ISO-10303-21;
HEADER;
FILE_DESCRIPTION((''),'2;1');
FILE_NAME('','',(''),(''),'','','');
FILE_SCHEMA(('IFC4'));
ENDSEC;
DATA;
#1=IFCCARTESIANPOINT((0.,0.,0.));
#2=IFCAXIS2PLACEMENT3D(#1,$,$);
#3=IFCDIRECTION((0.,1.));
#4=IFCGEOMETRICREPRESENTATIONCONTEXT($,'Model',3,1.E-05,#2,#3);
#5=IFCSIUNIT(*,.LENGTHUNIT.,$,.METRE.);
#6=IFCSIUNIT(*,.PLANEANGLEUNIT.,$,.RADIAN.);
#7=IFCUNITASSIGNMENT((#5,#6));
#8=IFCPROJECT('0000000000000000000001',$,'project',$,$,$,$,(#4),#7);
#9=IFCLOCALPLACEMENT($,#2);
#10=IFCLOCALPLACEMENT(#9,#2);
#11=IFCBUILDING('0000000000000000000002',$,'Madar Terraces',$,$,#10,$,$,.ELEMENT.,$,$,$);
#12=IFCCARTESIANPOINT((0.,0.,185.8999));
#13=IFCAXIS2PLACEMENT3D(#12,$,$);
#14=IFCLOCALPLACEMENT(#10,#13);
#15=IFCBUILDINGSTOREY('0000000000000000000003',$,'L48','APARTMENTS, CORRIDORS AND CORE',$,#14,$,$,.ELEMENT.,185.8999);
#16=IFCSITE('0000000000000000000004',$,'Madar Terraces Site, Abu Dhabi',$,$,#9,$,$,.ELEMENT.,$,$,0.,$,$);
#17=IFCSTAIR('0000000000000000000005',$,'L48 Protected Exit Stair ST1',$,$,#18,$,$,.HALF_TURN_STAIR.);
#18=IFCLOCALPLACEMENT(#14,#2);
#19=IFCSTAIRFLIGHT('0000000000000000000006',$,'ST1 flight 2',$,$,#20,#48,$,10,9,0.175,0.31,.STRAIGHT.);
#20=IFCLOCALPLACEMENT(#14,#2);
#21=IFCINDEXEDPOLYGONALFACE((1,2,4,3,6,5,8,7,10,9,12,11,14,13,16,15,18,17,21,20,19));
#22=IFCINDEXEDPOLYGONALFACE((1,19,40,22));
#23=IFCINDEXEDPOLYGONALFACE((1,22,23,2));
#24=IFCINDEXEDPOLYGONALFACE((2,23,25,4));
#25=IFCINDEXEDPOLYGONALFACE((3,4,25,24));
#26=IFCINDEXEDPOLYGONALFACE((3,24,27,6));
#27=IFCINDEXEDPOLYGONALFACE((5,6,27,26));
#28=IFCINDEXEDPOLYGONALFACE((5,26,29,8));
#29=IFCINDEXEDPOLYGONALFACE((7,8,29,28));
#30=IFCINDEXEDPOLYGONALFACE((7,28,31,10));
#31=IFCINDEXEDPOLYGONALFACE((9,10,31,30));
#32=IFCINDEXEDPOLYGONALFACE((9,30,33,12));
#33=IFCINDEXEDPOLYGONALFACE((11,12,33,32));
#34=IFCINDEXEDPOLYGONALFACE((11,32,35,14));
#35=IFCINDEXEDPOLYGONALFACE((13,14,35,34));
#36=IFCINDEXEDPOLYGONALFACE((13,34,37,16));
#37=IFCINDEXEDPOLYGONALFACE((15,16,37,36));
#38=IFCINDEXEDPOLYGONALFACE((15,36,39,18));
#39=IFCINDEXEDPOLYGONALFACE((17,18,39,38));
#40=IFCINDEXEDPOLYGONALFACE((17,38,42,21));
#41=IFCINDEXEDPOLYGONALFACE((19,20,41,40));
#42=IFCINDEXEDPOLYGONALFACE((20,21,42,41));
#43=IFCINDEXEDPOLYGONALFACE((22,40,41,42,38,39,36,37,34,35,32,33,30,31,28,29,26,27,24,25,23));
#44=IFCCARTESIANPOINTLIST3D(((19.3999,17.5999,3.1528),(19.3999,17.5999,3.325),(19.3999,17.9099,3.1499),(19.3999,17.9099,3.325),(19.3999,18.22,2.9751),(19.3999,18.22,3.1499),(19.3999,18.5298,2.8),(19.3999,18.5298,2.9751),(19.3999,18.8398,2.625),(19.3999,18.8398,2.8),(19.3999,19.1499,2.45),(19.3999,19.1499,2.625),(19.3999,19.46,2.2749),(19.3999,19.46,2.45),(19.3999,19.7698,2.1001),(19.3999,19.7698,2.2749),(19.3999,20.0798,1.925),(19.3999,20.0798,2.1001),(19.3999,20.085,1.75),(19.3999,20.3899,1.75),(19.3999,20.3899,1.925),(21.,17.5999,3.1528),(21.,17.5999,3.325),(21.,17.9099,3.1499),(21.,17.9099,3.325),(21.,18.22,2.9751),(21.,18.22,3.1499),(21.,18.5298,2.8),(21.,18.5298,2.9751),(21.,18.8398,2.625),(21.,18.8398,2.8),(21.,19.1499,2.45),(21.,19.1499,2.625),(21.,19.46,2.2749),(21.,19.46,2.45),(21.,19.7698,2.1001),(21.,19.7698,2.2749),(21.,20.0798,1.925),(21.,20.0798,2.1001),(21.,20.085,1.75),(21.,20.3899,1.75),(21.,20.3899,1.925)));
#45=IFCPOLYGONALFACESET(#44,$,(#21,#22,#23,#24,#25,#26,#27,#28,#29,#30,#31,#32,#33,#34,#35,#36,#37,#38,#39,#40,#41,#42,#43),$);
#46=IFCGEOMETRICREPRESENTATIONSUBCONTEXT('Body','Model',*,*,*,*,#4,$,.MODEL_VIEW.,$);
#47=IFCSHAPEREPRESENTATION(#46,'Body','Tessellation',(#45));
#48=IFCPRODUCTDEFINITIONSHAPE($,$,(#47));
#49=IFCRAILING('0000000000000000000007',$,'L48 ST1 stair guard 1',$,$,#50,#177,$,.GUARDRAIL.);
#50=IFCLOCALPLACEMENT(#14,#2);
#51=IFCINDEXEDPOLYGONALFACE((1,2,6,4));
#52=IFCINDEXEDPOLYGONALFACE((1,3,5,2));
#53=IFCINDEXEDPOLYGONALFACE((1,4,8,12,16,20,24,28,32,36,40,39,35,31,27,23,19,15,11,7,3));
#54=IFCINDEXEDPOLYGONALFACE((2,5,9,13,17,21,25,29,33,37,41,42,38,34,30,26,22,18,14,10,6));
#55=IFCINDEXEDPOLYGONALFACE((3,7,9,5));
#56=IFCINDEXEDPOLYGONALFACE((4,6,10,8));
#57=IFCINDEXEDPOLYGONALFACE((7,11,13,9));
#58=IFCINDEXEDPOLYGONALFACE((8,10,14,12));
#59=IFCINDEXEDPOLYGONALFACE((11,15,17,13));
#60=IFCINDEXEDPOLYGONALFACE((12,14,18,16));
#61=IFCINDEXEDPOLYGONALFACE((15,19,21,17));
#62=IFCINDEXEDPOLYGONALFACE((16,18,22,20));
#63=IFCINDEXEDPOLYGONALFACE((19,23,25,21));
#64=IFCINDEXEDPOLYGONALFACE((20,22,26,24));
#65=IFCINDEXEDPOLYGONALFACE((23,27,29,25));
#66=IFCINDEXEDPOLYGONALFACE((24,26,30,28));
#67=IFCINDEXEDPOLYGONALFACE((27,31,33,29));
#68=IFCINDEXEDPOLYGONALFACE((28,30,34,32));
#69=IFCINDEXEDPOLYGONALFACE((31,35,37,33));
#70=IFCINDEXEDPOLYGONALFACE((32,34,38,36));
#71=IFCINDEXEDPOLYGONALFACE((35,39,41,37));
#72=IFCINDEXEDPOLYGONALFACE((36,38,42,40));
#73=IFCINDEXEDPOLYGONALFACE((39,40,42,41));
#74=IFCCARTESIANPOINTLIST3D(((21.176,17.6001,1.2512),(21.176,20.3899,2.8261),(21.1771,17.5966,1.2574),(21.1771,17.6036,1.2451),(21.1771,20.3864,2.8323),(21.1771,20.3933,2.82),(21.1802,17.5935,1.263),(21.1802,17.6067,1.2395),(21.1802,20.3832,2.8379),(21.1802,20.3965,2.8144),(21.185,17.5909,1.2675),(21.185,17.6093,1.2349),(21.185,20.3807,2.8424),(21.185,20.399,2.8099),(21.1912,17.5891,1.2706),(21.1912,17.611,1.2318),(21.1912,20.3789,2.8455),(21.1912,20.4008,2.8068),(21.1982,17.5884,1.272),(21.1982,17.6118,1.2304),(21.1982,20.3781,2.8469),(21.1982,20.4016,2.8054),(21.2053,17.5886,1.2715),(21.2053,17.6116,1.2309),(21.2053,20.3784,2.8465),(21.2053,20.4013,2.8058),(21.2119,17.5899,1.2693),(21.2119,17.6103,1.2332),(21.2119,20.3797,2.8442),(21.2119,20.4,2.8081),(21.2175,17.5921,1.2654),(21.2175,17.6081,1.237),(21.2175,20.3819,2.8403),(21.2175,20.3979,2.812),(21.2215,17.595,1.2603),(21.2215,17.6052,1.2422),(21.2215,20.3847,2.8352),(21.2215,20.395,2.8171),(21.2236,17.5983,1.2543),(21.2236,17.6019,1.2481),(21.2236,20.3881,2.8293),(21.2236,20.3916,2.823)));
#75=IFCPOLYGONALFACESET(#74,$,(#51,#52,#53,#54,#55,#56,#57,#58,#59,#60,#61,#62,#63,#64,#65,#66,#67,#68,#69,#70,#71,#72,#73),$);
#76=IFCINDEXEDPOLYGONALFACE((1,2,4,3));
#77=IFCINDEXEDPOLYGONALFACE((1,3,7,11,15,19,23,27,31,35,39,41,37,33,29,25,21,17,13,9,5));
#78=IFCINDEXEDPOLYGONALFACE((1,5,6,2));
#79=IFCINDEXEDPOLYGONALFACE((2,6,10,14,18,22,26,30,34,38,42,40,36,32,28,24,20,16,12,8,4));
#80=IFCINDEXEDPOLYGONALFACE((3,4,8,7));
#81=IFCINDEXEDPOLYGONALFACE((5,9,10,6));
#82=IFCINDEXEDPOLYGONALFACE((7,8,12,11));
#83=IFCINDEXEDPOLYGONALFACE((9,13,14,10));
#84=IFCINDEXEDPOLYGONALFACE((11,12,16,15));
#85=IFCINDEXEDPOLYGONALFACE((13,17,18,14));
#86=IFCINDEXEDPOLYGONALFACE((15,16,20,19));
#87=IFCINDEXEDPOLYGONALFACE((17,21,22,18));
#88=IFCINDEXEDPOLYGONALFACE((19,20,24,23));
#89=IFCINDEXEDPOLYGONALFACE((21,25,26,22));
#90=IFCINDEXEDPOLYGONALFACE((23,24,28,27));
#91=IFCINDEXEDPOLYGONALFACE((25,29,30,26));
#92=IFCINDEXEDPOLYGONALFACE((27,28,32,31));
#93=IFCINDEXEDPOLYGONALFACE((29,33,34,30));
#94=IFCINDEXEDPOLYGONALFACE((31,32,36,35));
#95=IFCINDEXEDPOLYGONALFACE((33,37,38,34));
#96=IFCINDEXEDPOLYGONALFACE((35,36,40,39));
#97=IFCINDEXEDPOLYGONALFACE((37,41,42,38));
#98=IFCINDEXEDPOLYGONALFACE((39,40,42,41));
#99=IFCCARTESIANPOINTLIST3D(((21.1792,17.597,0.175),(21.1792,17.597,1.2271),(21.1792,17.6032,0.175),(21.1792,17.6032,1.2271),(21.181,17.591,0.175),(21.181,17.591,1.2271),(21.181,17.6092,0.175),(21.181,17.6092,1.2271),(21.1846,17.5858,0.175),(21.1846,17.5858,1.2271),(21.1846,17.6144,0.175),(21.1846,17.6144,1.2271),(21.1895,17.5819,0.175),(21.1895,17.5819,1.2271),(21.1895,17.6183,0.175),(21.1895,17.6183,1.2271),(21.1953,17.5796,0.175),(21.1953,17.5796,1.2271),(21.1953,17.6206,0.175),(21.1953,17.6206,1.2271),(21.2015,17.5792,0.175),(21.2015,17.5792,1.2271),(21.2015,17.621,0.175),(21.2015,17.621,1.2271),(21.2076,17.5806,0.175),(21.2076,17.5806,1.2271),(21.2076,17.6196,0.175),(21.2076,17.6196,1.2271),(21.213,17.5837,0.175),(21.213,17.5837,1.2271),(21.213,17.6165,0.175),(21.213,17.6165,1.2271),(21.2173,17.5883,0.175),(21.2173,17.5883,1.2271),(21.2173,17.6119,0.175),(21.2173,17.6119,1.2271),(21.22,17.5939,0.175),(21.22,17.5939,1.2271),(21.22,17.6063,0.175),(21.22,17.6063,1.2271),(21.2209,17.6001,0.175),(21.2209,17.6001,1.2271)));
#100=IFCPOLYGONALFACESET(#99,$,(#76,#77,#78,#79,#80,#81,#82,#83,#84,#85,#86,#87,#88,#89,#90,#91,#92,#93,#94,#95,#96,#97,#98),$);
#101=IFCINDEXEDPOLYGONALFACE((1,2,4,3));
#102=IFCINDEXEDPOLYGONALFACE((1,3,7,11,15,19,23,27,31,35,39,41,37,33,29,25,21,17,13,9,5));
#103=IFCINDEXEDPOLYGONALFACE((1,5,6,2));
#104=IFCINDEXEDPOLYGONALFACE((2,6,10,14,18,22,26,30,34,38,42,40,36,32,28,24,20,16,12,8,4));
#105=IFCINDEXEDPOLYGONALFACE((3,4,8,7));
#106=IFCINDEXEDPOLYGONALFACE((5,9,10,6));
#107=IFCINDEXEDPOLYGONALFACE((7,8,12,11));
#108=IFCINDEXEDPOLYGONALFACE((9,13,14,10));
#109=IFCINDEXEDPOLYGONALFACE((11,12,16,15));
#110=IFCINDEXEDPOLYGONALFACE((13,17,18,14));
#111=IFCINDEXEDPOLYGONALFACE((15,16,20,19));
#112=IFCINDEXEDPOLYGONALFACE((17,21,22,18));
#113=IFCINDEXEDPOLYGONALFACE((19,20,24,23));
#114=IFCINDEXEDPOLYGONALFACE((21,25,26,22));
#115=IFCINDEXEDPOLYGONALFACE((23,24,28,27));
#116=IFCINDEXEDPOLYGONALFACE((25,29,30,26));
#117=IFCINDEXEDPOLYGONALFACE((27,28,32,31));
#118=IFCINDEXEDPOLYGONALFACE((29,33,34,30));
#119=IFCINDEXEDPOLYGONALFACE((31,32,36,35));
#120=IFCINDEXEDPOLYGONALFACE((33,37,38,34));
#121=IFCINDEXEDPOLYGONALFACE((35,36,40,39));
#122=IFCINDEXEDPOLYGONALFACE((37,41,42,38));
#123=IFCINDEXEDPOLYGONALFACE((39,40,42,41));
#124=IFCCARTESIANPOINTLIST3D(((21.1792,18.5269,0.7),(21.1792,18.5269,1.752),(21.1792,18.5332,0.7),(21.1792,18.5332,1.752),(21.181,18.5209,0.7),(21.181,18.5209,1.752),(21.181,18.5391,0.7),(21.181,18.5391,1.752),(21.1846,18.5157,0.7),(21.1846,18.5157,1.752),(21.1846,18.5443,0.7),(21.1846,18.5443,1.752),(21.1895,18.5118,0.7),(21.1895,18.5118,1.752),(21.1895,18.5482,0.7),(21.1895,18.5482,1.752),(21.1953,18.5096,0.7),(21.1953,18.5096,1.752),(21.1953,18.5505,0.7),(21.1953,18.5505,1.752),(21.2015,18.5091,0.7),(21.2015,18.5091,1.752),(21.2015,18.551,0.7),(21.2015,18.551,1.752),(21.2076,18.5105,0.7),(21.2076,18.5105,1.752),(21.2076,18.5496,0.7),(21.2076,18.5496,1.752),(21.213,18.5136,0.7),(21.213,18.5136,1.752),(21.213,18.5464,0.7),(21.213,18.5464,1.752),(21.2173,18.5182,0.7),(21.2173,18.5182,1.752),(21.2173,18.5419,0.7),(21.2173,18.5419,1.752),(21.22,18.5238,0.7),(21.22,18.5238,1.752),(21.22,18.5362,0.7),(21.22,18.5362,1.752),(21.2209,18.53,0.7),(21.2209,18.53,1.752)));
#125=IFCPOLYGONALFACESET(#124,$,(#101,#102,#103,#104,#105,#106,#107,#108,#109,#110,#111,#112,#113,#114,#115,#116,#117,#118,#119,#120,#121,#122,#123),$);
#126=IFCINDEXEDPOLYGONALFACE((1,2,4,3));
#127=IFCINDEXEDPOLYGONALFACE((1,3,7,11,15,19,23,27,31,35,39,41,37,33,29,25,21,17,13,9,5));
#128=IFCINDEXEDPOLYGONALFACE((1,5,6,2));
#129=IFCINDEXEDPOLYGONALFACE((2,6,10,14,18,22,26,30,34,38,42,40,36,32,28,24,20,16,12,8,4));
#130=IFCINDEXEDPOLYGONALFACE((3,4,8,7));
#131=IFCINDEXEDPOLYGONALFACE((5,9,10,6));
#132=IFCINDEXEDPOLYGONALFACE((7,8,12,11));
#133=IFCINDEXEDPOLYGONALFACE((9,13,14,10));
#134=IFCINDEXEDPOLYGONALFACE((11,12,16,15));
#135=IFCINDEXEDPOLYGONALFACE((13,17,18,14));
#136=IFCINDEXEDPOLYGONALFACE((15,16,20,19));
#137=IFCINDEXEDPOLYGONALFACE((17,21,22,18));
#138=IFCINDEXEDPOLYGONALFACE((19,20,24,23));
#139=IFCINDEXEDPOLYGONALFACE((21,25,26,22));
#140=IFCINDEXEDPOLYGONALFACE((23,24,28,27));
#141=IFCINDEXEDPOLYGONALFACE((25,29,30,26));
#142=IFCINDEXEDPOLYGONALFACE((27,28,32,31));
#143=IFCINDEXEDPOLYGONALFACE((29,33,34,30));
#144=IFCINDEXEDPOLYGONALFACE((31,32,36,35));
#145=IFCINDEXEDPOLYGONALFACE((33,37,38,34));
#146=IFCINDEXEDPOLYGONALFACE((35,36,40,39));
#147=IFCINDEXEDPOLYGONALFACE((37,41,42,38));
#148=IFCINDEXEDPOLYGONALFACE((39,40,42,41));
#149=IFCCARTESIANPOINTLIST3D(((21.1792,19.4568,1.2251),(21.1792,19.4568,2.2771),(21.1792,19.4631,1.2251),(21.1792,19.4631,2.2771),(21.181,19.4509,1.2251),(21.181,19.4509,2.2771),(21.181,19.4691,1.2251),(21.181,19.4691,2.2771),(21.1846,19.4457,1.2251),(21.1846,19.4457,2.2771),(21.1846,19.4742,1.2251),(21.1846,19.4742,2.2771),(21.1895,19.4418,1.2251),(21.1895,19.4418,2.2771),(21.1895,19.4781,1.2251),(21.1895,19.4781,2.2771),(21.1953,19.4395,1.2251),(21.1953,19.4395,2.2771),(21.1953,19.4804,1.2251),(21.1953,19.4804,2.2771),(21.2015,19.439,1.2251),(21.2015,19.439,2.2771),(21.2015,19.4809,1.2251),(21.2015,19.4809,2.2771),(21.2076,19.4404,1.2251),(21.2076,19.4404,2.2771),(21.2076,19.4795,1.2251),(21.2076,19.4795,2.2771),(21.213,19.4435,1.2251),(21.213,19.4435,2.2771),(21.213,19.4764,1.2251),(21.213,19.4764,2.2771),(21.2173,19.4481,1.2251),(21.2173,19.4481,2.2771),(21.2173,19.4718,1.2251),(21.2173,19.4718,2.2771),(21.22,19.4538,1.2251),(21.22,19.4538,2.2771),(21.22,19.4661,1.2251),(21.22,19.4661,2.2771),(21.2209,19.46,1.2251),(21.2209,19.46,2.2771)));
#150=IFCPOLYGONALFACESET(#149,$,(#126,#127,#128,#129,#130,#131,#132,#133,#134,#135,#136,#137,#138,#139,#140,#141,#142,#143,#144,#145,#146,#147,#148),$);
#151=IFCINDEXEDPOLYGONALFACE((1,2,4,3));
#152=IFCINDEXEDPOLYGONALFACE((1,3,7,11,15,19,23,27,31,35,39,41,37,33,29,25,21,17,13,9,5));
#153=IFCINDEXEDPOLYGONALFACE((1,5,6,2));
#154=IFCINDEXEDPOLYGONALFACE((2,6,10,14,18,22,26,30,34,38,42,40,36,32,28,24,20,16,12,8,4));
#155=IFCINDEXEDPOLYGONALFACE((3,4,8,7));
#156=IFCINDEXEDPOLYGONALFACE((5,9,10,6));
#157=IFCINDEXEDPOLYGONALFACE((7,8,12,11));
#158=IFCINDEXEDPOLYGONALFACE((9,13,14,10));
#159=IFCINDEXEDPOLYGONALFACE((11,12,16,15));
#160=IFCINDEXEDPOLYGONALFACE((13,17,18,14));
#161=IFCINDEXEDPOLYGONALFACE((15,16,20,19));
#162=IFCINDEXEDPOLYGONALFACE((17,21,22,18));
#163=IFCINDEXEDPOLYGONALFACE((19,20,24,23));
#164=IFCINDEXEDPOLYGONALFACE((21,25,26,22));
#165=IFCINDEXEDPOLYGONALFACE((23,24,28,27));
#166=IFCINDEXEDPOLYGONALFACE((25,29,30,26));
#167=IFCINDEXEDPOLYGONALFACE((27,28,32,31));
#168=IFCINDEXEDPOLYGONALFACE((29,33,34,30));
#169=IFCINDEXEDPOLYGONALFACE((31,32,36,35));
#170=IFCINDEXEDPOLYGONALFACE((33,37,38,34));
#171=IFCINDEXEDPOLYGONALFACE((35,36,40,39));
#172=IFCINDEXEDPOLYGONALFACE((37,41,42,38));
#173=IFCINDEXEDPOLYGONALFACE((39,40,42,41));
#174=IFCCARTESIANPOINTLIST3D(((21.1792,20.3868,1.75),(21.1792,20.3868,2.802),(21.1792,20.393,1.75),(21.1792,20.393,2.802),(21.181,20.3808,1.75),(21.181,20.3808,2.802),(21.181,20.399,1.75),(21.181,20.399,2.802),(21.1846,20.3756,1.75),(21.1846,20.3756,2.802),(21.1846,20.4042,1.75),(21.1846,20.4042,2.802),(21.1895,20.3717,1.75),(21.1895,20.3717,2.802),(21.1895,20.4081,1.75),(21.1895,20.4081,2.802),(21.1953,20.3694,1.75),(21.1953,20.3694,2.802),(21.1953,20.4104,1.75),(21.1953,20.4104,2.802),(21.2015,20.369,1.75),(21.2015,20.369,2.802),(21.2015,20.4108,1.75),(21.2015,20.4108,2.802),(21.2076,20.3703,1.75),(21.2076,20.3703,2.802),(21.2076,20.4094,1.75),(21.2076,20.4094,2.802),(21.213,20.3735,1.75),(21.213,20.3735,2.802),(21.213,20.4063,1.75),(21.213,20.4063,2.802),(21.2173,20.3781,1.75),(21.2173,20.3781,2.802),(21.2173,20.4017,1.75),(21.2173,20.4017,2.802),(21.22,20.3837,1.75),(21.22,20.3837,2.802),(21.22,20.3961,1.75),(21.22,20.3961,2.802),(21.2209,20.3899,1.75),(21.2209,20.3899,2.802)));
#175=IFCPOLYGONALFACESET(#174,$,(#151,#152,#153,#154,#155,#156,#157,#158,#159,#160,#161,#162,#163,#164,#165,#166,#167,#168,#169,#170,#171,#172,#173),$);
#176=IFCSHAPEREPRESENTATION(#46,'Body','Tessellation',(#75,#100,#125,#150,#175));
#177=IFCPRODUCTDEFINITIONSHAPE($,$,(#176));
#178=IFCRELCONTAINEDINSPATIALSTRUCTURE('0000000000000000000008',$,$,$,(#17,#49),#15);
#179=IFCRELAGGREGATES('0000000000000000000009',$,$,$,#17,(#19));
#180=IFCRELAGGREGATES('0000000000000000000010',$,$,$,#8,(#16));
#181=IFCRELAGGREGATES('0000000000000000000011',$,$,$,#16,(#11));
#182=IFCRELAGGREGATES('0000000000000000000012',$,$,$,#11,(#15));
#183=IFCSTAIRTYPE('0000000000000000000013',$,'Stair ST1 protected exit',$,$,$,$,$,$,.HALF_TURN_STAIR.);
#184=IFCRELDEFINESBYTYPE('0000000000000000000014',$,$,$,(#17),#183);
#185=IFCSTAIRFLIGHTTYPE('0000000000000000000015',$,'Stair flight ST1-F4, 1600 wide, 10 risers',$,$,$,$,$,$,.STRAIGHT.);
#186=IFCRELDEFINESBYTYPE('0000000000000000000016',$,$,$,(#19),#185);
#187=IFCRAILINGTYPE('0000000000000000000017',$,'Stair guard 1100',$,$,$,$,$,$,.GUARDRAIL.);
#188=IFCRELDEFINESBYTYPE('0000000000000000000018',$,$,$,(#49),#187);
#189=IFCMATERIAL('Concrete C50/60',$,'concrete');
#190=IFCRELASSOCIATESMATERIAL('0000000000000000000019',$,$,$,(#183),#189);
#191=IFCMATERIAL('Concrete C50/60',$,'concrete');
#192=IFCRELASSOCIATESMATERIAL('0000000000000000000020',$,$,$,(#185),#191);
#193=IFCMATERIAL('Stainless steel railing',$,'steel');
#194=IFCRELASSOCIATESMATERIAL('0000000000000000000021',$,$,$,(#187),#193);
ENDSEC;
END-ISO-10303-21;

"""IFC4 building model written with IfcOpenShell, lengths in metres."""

from ifc_helpers import new_model, si_unit, direction, frame, origin, origin_2d, place, context, subcontext, project, spatial, polyline, circle, outline, extrude, material, type_object, element, aggregate, save


model = new_model("IFC4")

# Units and contexts
model_context = context("Model", 3, precision=1e-05, world=origin(), true_north=direction((0.0, 1.0)))
body_context = subcontext(model_context, "Body", "Model", "MODEL_VIEW")
ifc_project = project(units=[si_unit("LENGTHUNIT", "METRE"), si_unit("PLANEANGLEUNIT", "RADIAN")], contexts=[model_context])

# Site, building, storey
site_placement = place(None, origin())
site = spatial("IfcSite", under=ifc_project, at=site_placement, Name="Madar Terraces Site, Abu Dhabi", CompositionType="ELEMENT", RefElevation=0.0)
building_placement = place(site_placement, origin())
building = spatial("IfcBuilding", under=site, at=building_placement, Name="Madar Terraces", CompositionType="ELEMENT")
storey_placement = place(building_placement, frame((0.0, 0.0, 185.8999)))
storey = spatial("IfcBuildingStorey", under=building, at=storey_placement, Name="L48", Description="APARTMENTS, CORRIDORS AND CORE", CompositionType="ELEMENT", Elevation=185.8999)

# Stair, stair flight
ifc_material_1 = material(Name="Concrete C50/60", Category="concrete")
stair_type = type_object("IfcStairType", Name="Stair ST1 protected exit", PredefinedType="HALF_TURN_STAIR", material=ifc_material_1)
stair_placement = place(storey_placement, origin())
stair = element("IfcStair", 1, at=stair_placement, inside=storey, type_object=stair_type, Name="L48 Protected Exit Stair ST1", PredefinedType="HALF_TURN_STAIR")
ifc_material_2 = material(Name="Concrete C50/60", Category="concrete")
stair_flight_type = type_object("IfcStairFlightType", Name="Stair flight ST1-F4, 1600 wide, 10 risers", PredefinedType="STRAIGHT", material=ifc_material_2)
stair_flight_1_placement = place(storey_placement, frame((20.2, 20.3899, 1.75), z_axis=(0.0, 0.0, 1.0), x_axis=(0.0, -1.0, 0.0)))
stair_flight_1 = element("IfcStairFlight", 2, at=stair_flight_1_placement, type_object=stair_flight_type, Name="ST1 flight 2", NumberOfRisers=10, NumberOfTreads=9, PredefinedType="STRAIGHT", RiserHeight=0.175, TreadLength=0.31, context=body_context, shape_type="SweptSolid", body=[
    extrude(outline(polyline([(0.0, 0.0), (0.0, 0.175), (0.3101, 0.175), (0.3101, 0.3501), (0.6201, 0.3501), (0.6201, 0.5249), (0.9299, 0.5249), (0.9299, 0.7), (1.24, 0.7), (1.24, 0.875), (1.55, 0.875), (1.55, 1.05), (1.8601, 1.05), (1.8601, 1.2251), (2.1699, 1.2251), (2.1699, 1.3999), (2.48, 1.3999), (2.48, 1.575), (2.79, 1.575), (2.79, 1.75), (2.79, 1.4028), (0.3049, 0.0), (0.0, 0.0)])), frame((0.0, 0.8, 0.0), z_axis=(0.0, -1.0, 0.0), x_axis=(1.0, 0.0, 0.0)), (0.0, 0.0, 1.0), 1.6001),
])
aggregate(stair, [stair_flight_1])

# Railing
ifc_material_3 = material(Name="Stainless steel railing", Category="steel")
railing_type_1 = type_object("IfcRailingType", Name="Stair guard 1100", PredefinedType="GUARDRAIL", material=ifc_material_3)
railing_1_placement = place(storey_placement, frame((21.2, 17.6001, 0.175)))
element("IfcRailing", 3, at=railing_1_placement, inside=storey, type_object=railing_type_1, Name="L48 ST1 stair guard 1", PredefinedType="GUARDRAIL", context=body_context, shape_type="SweptSolid", body=[
    extrude(circle(Radius=0.0239, at=origin_2d()), frame((0.0, 0.0, 1.0762), z_axis=(0.0, 0.870815, 0.49161), x_axis=(-1.0, 0.0, 0.0)), (0.0, 0.0, 1.0), 3.2036),
    extrude(circle(Radius=0.021, at=origin_2d()), origin(), (0.0, 0.0, 1.0), 1.052),
    extrude(circle(Radius=0.021, at=origin_2d()), frame((0.0, 0.9299, 0.5249)), (0.0, 0.0, 1.0), 1.052),
    extrude(circle(Radius=0.021, at=origin_2d()), frame((0.0, 1.8599, 1.05)), (0.0, 0.0, 1.0), 1.052),
    extrude(circle(Radius=0.021, at=origin_2d()), frame((0.0, 2.7898, 1.575)), (0.0, 0.0, 1.0), 1.052),
])

save(model, "model.ifc")
